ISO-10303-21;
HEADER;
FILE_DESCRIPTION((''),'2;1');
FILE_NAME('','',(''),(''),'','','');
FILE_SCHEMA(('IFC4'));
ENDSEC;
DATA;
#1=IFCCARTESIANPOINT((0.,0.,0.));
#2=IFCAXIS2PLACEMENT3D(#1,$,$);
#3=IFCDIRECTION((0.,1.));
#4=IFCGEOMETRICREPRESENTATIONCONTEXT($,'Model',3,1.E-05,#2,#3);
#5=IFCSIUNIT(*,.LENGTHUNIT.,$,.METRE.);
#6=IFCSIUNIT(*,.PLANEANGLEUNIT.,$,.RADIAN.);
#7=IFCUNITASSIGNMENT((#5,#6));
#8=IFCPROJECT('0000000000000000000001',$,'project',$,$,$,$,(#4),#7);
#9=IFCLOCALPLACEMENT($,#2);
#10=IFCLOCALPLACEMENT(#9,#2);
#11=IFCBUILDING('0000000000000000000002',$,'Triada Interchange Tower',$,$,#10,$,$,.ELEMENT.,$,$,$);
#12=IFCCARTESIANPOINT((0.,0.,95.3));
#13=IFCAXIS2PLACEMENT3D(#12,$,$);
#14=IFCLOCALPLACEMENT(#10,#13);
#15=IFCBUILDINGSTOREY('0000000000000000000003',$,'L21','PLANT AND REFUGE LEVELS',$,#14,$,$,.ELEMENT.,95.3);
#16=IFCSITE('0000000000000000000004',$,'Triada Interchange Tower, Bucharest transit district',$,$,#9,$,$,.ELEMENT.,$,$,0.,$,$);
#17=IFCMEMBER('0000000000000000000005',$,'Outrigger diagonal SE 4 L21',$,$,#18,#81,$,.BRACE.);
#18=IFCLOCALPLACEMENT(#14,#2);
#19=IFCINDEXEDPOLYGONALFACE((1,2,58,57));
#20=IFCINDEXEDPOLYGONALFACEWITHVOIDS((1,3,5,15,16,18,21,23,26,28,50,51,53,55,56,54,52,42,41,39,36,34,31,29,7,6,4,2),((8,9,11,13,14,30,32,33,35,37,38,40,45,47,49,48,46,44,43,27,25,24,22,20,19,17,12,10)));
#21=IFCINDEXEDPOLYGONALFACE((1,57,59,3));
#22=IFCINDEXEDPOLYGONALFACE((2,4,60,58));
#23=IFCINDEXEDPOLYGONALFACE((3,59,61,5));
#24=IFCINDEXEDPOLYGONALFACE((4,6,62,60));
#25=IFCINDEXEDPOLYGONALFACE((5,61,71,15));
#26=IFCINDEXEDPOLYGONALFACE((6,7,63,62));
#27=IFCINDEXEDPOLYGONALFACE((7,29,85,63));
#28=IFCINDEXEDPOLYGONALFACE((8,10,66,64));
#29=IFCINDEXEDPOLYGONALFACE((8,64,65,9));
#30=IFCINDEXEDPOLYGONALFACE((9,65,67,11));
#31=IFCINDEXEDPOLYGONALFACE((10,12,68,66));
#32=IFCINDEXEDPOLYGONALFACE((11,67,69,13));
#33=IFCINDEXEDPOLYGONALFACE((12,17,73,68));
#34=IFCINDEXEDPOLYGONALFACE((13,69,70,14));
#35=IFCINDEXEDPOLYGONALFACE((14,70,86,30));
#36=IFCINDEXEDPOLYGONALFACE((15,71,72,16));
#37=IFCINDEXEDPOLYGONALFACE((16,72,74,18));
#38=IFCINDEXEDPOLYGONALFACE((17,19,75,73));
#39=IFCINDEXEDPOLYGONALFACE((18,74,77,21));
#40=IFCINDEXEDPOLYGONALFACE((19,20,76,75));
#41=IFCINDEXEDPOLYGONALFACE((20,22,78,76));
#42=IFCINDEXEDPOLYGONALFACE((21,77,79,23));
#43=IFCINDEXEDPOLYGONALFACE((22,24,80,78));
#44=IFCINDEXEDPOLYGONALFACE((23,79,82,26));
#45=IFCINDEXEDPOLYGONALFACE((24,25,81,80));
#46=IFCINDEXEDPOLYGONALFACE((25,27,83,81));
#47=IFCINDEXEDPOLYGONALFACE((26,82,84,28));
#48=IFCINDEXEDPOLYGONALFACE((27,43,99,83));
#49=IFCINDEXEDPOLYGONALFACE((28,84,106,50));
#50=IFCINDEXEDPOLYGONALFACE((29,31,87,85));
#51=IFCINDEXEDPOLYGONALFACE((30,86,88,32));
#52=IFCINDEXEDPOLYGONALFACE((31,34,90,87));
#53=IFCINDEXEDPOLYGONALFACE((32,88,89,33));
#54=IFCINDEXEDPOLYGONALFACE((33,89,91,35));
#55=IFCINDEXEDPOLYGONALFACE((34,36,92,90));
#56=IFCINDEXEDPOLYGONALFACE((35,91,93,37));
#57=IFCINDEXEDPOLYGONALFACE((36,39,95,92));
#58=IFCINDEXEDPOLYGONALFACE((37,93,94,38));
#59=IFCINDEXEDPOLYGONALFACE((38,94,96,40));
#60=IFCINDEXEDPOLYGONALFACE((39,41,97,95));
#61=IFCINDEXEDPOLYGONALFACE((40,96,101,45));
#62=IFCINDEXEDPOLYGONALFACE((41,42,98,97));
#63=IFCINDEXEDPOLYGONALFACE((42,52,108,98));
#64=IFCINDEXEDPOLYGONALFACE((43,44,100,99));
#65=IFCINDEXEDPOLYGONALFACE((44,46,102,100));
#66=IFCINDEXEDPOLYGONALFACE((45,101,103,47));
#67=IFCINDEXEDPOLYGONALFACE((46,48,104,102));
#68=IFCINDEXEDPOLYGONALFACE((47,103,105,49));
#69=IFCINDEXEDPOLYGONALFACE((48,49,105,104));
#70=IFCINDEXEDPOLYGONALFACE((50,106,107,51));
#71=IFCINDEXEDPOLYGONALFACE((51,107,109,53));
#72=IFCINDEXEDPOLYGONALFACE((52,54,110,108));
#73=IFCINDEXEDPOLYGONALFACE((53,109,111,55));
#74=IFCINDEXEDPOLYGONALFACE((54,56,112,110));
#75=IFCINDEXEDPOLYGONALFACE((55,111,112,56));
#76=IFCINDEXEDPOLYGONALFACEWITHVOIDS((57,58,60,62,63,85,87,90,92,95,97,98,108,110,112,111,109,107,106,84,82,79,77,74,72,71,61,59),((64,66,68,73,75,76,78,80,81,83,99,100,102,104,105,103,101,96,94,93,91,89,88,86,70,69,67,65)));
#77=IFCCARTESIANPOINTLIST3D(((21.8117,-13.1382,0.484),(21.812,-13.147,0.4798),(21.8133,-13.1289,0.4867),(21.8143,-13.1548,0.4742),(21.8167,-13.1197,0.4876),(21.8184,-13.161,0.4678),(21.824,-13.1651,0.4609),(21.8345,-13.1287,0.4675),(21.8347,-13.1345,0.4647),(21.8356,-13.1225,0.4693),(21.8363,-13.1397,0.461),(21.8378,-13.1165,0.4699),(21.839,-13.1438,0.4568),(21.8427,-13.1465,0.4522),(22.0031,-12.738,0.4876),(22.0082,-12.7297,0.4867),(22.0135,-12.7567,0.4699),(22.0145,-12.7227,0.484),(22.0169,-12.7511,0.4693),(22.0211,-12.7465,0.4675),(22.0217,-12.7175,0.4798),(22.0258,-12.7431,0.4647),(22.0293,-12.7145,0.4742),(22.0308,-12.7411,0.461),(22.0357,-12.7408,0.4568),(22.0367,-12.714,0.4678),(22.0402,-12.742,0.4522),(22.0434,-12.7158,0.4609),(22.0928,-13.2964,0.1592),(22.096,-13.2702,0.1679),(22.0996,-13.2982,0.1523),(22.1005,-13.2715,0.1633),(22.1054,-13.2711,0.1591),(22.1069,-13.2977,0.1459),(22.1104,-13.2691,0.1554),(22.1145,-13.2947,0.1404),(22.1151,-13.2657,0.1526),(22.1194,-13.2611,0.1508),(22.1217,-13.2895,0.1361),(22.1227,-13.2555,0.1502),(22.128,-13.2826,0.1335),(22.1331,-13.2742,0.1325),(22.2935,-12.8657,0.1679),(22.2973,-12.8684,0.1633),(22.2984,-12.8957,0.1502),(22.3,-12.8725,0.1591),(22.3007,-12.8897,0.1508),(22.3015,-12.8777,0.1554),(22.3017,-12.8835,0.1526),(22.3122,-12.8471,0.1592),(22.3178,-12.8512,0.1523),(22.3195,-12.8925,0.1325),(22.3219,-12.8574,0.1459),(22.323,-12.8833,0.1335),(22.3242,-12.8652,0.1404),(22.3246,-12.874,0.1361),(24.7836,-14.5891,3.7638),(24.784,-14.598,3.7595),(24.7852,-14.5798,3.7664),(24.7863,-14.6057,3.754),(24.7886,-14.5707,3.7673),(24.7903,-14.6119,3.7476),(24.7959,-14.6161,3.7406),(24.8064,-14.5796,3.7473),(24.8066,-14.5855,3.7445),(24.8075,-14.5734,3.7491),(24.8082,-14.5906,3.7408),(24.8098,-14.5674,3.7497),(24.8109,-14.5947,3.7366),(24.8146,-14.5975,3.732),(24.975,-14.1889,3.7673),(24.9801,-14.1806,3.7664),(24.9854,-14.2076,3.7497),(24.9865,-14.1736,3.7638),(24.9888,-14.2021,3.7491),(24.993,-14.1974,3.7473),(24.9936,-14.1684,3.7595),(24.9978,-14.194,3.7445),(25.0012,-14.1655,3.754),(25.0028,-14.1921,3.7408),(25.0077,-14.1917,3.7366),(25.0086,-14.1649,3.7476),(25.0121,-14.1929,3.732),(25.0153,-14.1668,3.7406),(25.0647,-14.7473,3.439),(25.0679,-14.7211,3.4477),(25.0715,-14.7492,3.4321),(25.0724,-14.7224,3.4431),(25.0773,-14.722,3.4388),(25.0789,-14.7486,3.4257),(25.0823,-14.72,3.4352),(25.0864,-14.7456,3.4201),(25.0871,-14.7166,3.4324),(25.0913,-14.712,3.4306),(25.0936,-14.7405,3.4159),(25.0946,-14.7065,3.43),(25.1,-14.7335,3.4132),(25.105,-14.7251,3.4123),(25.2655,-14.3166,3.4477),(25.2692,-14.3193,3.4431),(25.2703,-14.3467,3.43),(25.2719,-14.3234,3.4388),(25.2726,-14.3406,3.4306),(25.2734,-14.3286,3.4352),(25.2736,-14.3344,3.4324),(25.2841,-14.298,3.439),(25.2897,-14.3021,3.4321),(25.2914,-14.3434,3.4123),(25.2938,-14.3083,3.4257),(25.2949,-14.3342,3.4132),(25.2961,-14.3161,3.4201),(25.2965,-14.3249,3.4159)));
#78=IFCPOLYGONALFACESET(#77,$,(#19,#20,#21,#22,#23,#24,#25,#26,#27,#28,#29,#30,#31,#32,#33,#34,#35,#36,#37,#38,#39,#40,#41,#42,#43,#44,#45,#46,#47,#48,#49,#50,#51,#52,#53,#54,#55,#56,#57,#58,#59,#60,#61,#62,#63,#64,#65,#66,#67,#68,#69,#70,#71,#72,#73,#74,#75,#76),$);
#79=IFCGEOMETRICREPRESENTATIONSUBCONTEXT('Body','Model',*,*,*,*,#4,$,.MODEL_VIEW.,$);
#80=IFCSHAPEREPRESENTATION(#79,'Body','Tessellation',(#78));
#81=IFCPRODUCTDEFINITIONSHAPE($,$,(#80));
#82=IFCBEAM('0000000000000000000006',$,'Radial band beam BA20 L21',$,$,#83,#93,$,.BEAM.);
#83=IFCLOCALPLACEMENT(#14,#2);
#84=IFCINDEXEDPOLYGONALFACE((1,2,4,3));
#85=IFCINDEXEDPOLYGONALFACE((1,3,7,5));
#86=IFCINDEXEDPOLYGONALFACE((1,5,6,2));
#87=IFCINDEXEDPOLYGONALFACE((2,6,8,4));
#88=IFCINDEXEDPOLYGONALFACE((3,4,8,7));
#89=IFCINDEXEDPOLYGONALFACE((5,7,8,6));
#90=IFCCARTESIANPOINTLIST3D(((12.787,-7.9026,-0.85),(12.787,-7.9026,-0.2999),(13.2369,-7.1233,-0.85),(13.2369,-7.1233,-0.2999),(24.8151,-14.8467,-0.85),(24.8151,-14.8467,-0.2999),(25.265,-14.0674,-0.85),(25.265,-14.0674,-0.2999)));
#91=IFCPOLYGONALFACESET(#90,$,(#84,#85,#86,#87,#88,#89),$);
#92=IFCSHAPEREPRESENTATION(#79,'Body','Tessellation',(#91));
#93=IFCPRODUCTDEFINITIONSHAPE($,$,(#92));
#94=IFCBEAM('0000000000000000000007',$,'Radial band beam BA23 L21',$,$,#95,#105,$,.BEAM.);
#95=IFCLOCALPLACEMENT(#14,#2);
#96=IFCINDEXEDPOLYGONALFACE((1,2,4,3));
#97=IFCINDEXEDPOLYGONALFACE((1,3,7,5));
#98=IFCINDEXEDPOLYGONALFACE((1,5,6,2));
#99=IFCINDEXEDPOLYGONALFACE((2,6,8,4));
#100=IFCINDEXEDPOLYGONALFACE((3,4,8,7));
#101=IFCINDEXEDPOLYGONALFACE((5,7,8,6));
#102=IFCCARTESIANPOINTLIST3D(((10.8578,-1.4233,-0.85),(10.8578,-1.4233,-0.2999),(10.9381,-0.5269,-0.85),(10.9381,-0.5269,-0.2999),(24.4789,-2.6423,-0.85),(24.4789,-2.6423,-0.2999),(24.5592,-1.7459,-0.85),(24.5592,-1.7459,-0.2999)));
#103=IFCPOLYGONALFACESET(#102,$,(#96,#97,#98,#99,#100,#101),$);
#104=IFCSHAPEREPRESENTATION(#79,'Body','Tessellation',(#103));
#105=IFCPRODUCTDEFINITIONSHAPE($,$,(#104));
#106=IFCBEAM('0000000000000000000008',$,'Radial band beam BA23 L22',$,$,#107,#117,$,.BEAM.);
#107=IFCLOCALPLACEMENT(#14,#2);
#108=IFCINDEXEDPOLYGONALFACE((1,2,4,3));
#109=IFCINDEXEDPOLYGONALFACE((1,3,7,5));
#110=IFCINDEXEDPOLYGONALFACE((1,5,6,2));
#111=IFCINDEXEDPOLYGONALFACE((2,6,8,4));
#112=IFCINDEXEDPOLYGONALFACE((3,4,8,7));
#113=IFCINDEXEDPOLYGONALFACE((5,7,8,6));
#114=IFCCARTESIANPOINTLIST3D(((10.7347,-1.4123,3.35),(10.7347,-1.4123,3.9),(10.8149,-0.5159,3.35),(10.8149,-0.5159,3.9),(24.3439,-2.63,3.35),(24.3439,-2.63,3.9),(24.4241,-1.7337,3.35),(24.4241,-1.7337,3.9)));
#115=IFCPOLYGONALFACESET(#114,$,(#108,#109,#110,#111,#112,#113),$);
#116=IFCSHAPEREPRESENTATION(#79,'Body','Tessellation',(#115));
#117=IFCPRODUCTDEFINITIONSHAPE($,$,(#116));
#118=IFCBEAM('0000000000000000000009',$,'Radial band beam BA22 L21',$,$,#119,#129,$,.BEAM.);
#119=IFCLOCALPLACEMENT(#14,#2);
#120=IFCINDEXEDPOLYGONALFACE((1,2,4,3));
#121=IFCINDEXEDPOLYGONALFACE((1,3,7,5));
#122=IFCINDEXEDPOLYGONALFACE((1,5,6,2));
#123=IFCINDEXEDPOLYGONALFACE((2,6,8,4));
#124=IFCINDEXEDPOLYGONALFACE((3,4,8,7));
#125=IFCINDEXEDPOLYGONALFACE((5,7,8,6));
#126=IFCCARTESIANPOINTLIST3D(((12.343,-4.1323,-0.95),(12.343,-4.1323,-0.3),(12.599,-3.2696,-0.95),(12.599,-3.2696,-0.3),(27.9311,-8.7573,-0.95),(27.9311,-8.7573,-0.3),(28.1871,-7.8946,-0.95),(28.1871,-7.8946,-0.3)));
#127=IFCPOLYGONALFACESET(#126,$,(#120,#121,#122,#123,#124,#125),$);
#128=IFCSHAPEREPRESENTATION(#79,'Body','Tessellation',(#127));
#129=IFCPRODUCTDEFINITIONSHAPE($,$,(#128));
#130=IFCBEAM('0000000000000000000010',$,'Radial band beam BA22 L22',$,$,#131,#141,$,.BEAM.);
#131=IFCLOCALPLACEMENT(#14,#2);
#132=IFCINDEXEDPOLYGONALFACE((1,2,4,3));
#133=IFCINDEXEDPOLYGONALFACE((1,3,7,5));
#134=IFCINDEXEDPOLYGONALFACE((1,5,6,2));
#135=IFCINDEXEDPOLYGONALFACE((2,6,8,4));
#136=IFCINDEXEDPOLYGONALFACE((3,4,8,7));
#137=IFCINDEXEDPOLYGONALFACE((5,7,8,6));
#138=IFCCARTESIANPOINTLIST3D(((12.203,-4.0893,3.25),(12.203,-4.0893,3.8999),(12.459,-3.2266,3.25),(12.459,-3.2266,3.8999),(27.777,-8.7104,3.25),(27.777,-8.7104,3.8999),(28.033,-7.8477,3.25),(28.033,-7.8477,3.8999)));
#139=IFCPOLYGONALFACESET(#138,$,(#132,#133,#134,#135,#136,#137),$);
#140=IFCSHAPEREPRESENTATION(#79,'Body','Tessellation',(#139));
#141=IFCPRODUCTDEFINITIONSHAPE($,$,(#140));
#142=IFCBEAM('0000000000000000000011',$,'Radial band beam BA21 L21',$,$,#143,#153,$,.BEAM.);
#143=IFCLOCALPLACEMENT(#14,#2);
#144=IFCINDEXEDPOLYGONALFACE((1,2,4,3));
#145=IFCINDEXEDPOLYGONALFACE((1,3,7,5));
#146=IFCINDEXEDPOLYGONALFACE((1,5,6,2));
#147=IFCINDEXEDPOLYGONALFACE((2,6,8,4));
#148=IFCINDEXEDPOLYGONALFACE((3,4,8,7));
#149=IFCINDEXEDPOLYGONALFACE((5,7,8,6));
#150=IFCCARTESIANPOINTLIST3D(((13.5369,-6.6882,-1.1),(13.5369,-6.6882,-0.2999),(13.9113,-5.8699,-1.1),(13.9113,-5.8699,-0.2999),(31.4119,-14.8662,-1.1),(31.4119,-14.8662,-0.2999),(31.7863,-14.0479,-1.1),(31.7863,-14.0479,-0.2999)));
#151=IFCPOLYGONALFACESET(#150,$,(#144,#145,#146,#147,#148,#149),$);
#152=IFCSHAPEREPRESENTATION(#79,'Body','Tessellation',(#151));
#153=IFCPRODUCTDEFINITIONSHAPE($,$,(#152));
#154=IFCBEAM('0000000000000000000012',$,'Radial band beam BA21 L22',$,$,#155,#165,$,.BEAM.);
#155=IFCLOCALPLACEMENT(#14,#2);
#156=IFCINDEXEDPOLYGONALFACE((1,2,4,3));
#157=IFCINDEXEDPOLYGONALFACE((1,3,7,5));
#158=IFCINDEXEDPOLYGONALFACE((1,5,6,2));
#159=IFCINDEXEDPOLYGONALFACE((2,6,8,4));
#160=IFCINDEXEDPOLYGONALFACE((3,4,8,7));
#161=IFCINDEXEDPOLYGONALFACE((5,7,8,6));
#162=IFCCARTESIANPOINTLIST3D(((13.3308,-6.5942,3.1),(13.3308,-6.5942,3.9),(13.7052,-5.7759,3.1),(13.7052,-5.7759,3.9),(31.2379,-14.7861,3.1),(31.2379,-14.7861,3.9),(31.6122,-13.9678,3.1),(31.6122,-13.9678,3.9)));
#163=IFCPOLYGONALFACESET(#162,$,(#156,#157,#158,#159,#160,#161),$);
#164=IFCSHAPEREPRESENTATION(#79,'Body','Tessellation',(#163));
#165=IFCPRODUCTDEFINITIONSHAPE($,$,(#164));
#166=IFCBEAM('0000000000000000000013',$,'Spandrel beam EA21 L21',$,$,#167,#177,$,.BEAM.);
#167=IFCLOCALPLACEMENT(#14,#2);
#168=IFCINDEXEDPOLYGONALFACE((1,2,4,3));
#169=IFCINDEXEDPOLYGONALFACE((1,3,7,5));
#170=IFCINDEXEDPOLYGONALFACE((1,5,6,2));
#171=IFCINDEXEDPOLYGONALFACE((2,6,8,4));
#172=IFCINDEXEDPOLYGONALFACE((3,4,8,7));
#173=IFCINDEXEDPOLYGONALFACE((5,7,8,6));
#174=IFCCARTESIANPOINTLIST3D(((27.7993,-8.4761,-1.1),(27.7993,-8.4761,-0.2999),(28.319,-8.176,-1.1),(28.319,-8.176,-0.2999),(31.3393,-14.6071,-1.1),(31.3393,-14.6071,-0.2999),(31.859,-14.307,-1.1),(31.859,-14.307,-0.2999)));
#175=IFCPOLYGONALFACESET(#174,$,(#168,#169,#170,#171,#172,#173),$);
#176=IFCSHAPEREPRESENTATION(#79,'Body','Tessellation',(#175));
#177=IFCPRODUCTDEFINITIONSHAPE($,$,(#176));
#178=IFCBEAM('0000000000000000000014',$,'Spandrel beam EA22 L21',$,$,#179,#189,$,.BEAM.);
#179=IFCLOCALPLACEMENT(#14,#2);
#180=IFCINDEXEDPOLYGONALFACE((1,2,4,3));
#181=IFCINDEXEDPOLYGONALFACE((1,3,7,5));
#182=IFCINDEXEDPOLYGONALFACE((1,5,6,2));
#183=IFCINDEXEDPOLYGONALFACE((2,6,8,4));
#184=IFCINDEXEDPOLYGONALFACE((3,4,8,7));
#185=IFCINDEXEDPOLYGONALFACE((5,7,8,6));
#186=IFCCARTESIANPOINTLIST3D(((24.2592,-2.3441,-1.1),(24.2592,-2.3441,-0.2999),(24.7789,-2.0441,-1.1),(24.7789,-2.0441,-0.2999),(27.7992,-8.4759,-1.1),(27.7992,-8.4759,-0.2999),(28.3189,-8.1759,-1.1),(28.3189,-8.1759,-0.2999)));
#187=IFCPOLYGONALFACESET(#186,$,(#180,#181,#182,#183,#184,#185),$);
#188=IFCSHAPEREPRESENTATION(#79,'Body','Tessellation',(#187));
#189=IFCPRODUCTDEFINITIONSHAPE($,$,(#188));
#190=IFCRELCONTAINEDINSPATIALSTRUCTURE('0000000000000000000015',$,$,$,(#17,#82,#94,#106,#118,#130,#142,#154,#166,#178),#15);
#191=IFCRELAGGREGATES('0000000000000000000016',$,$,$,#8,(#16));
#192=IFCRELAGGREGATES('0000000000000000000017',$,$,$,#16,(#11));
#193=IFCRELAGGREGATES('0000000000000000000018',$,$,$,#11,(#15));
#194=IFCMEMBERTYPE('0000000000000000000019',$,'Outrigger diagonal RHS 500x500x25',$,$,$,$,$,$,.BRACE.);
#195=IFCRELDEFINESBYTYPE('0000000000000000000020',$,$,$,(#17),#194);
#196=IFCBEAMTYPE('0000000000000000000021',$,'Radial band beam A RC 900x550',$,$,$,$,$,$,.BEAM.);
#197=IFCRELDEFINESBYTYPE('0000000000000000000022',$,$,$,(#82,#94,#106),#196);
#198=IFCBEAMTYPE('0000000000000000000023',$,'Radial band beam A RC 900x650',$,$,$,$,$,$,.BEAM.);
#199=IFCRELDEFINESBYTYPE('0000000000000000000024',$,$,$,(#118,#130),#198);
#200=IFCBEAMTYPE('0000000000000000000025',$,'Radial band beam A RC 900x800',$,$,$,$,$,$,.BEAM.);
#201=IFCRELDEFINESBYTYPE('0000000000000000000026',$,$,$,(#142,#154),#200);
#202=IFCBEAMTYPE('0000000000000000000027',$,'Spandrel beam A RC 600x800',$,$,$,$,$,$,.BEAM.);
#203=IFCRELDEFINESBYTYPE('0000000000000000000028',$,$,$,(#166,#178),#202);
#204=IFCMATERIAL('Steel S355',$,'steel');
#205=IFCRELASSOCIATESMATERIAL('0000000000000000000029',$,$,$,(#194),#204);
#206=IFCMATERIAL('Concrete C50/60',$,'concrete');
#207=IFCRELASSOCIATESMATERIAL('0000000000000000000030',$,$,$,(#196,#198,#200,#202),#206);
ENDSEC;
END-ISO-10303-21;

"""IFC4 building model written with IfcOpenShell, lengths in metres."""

from ifc_helpers import new_model, si_unit, direction, frame, origin, origin_2d, place, context, subcontext, project, spatial, rectangle, hollow_rectangle, extrude, material, material_profile, profile_set, type_object, element, save


model = new_model("IFC4")

# Units and contexts
model_context = context("Model", 3, precision=1e-05, world=origin(), true_north=direction((0.0, 1.0)))
body_context = subcontext(model_context, "Body", "Model", "MODEL_VIEW")
ifc_project = project(units=[si_unit("LENGTHUNIT", "METRE"), si_unit("PLANEANGLEUNIT", "RADIAN")], contexts=[model_context])

# Site, building, storey
site_placement = place(None, origin())
site = spatial("IfcSite", under=ifc_project, at=site_placement, Name="Triada Interchange Tower, Bucharest transit district", CompositionType="ELEMENT", RefElevation=0.0)
building_placement = place(site_placement, origin())
building = spatial("IfcBuilding", under=site, at=building_placement, Name="Triada Interchange Tower", CompositionType="ELEMENT")
storey_placement = place(building_placement, frame((0.0, 0.0, 95.3)))
storey = spatial("IfcBuildingStorey", under=building, at=storey_placement, Name="L21", Description="PLANT AND REFUGE LEVELS", CompositionType="ELEMENT", Elevation=95.3)

# Member
ifc_material_1 = material(Name="Steel S355", Category="steel")
ifc_material_profile_1 = material_profile(ifc_material_1, hollow_rectangle(XDim=0.5, YDim=0.5, WallThickness=0.0249, InnerFilletRadius=0.0249, OuterFilletRadius=0.0376, at=origin_2d()), Name="RHS 500x500x25")
ifc_profile_set_1 = profile_set([ifc_material_profile_1], Name="Steel S355")
member_type_1 = type_object("IfcMemberType", Name="Outrigger diagonal RHS 500x500x25", PredefinedType="BRACE", material=ifc_profile_set_1)
for number, where, z_axis, x_axis, name in (
    (1, (22.0681, -13.0061, 0.3101), (0.638062, -0.311509, 0.704159), (0.438719, 0.898624, 0.0), "Outrigger diagonal SE 4 L21"),
):
    element("IfcMember", number, at=place(storey_placement, frame(where, z_axis=z_axis, x_axis=x_axis)), inside=storey, type_object=member_type_1, Name=name, PredefinedType="BRACE", context=body_context, shape_type="SweptSolid", body=[
        extrude(hollow_rectangle(XDim=0.5, YDim=0.5, WallThickness=0.0249, InnerFilletRadius=0.0249, OuterFilletRadius=0.0376, at=origin_2d()), origin(), (0.0, 0.0, 1.0), 4.6577),
    ])

# Beams
ifc_material_2 = material(Name="Concrete C50/60", Category="concrete")
ifc_material_profile_2 = material_profile(ifc_material_2, rectangle(XDim=0.8999, YDim=0.55, at=origin_2d()), Name="RC 900x550")
ifc_profile_set_2 = profile_set([ifc_material_profile_2], Name="Concrete C50/60")
beam_type_1 = type_object("IfcBeamType", Name="Radial band beam A RC 900x550", PredefinedType="BEAM", material=ifc_profile_set_2)
beam_1_placement = place(storey_placement, frame((25.04, -14.457, -0.575), z_axis=(-0.866035, 0.499983, 0.0), x_axis=(-0.499983, -0.866035, 0.0)))
element("IfcBeam", 2, at=beam_1_placement, inside=storey, type_object=beam_type_1, Name="Radial band beam BA20 L21", PredefinedType="BEAM", context=body_context, shape_type="SweptSolid", body=[
    extrude(rectangle(XDim=0.8999, YDim=0.55, at=origin_2d()), origin(), (0.0, 0.0, 1.0), 13.8887),
])
beam_2_placement = place(storey_placement, frame((24.519, -2.1941, -0.575), z_axis=(-0.996019, 0.089137, 0.0), x_axis=(-0.089137, -0.996019, 0.0)))
element("IfcBeam", 3, at=beam_2_placement, inside=storey, type_object=beam_type_1, Name="Radial band beam BA23 L21", PredefinedType="BEAM", context=body_context, shape_type="SweptSolid", body=[
    extrude(rectangle(XDim=0.8999, YDim=0.55, at=origin_2d()), origin(), (0.0, 0.0, 1.0), 13.6755),
])
beam_3_placement = place(storey_placement, frame((24.384, -2.1819, 3.625), z_axis=(-0.99602, 0.089126, 0.0), x_axis=(-0.089126, -0.99602, 0.0)))
element("IfcBeam", 4, at=beam_3_placement, inside=storey, type_object=beam_type_1, Name="Radial band beam BA23 L22", PredefinedType="BEAM", context=body_context, shape_type="SweptSolid", body=[
    extrude(rectangle(XDim=0.8999, YDim=0.55, at=origin_2d()), origin(), (0.0, 0.0, 1.0), 13.6636),
])
ifc_material_profile_3 = material_profile(ifc_material_2, rectangle(XDim=0.8999, YDim=0.6499, at=origin_2d()), Name="RC 900x650")
ifc_profile_set_3 = profile_set([ifc_material_profile_3], Name="Concrete C50/60")
beam_type_2 = type_object("IfcBeamType", Name="Radial band beam A RC 900x650", PredefinedType="BEAM", material=ifc_profile_set_3)
beam_4_placement = place(storey_placement, frame((28.0591, -8.3259, -0.625), z_axis=(-0.958693, 0.284444, 0.0), x_axis=(-0.284444, -0.958693, 0.0)))
element("IfcBeam", 5, at=beam_4_placement, inside=storey, type_object=beam_type_2, Name="Radial band beam BA22 L21", PredefinedType="BEAM", context=body_context, shape_type="SweptSolid", body=[
    extrude(rectangle(XDim=0.8999, YDim=0.6499, at=origin_2d()), origin(), (0.0, 0.0, 1.0), 16.2598),
])
beam_5_placement = place(storey_placement, frame((27.905, -8.2791, 3.575), z_axis=(-0.958688, 0.284461, 0.0), x_axis=(-0.284461, -0.958688, 0.0)))
element("IfcBeam", 6, at=beam_5_placement, inside=storey, type_object=beam_type_2, Name="Radial band beam BA22 L22", PredefinedType="BEAM", context=body_context, shape_type="SweptSolid", body=[
    extrude(rectangle(XDim=0.8999, YDim=0.6499, at=origin_2d()), origin(), (0.0, 0.0, 1.0), 16.2451),
])
ifc_material_profile_4 = material_profile(ifc_material_2, rectangle(XDim=0.8999, YDim=0.8, at=origin_2d()), Name="RC 900x800")
ifc_profile_set_4 = profile_set([ifc_material_profile_4], Name="Concrete C50/60")
beam_type_3 = type_object("IfcBeamType", Name="Radial band beam A RC 900x800", PredefinedType="BEAM", material=ifc_profile_set_4)
beam_6_placement = place(storey_placement, frame((31.5991, -14.457, -0.7), z_axis=(-0.909348, 0.416035, 0.0), x_axis=(-0.416035, -0.909348, 0.0)))
element("IfcBeam", 7, at=beam_6_placement, inside=storey, type_object=beam_type_3, Name="Radial band beam BA21 L21", PredefinedType="BEAM", context=body_context, shape_type="SweptSolid", body=[
    extrude(rectangle(XDim=0.8999, YDim=0.8, at=origin_2d()), origin(), (0.0, 0.0, 1.0), 19.657),
])
beam_7_placement = place(storey_placement, frame((31.425, -14.377, 3.5), z_axis=(-0.909362, 0.416005, 0.0), x_axis=(-0.416005, -0.909362, 0.0)))
element("IfcBeam", 8, at=beam_7_placement, inside=storey, type_object=beam_type_3, Name="Radial band beam BA21 L22", PredefinedType="BEAM", context=body_context, shape_type="SweptSolid", body=[
    extrude(rectangle(XDim=0.8999, YDim=0.8, at=origin_2d()), origin(), (0.0, 0.0, 1.0), 19.6919),
])
ifc_material_profile_5 = material_profile(ifc_material_2, rectangle(XDim=0.6001, YDim=0.8, at=origin_2d()), Name="RC 600x800")
ifc_profile_set_5 = profile_set([ifc_material_profile_5], Name="Concrete C50/60")
beam_type_4 = type_object("IfcBeamType", Name="Spandrel beam A RC 600x800", PredefinedType="BEAM", material=ifc_profile_set_5)
beam_8_placement = place(storey_placement, frame((31.5991, -14.457, -0.7), z_axis=(-0.500026, 0.86601, 0.0), x_axis=(-0.86601, -0.500026, 0.0)))
element("IfcBeam", 9, at=beam_8_placement, inside=storey, type_object=beam_type_4, Name="Spandrel beam EA21 L21", PredefinedType="BEAM", context=body_context, shape_type="SweptSolid", body=[
    extrude(rectangle(XDim=0.6001, YDim=0.8, at=origin_2d()), origin(), (0.0, 0.0, 1.0), 7.0796),
])
beam_9_placement = place(storey_placement, frame((28.0591, -8.3259, -0.7), z_axis=(-0.499981, 0.866036, 0.0), x_axis=(-0.866036, -0.499981, 0.0)))
element("IfcBeam", 10, at=beam_9_placement, inside=storey, type_object=beam_type_4, Name="Spandrel beam EA22 L21", PredefinedType="BEAM", context=body_context, shape_type="SweptSolid", body=[
    extrude(rectangle(XDim=0.6001, YDim=0.8, at=origin_2d()), origin(), (0.0, 0.0, 1.0), 7.0803),
])

save(model, "model.ifc")
